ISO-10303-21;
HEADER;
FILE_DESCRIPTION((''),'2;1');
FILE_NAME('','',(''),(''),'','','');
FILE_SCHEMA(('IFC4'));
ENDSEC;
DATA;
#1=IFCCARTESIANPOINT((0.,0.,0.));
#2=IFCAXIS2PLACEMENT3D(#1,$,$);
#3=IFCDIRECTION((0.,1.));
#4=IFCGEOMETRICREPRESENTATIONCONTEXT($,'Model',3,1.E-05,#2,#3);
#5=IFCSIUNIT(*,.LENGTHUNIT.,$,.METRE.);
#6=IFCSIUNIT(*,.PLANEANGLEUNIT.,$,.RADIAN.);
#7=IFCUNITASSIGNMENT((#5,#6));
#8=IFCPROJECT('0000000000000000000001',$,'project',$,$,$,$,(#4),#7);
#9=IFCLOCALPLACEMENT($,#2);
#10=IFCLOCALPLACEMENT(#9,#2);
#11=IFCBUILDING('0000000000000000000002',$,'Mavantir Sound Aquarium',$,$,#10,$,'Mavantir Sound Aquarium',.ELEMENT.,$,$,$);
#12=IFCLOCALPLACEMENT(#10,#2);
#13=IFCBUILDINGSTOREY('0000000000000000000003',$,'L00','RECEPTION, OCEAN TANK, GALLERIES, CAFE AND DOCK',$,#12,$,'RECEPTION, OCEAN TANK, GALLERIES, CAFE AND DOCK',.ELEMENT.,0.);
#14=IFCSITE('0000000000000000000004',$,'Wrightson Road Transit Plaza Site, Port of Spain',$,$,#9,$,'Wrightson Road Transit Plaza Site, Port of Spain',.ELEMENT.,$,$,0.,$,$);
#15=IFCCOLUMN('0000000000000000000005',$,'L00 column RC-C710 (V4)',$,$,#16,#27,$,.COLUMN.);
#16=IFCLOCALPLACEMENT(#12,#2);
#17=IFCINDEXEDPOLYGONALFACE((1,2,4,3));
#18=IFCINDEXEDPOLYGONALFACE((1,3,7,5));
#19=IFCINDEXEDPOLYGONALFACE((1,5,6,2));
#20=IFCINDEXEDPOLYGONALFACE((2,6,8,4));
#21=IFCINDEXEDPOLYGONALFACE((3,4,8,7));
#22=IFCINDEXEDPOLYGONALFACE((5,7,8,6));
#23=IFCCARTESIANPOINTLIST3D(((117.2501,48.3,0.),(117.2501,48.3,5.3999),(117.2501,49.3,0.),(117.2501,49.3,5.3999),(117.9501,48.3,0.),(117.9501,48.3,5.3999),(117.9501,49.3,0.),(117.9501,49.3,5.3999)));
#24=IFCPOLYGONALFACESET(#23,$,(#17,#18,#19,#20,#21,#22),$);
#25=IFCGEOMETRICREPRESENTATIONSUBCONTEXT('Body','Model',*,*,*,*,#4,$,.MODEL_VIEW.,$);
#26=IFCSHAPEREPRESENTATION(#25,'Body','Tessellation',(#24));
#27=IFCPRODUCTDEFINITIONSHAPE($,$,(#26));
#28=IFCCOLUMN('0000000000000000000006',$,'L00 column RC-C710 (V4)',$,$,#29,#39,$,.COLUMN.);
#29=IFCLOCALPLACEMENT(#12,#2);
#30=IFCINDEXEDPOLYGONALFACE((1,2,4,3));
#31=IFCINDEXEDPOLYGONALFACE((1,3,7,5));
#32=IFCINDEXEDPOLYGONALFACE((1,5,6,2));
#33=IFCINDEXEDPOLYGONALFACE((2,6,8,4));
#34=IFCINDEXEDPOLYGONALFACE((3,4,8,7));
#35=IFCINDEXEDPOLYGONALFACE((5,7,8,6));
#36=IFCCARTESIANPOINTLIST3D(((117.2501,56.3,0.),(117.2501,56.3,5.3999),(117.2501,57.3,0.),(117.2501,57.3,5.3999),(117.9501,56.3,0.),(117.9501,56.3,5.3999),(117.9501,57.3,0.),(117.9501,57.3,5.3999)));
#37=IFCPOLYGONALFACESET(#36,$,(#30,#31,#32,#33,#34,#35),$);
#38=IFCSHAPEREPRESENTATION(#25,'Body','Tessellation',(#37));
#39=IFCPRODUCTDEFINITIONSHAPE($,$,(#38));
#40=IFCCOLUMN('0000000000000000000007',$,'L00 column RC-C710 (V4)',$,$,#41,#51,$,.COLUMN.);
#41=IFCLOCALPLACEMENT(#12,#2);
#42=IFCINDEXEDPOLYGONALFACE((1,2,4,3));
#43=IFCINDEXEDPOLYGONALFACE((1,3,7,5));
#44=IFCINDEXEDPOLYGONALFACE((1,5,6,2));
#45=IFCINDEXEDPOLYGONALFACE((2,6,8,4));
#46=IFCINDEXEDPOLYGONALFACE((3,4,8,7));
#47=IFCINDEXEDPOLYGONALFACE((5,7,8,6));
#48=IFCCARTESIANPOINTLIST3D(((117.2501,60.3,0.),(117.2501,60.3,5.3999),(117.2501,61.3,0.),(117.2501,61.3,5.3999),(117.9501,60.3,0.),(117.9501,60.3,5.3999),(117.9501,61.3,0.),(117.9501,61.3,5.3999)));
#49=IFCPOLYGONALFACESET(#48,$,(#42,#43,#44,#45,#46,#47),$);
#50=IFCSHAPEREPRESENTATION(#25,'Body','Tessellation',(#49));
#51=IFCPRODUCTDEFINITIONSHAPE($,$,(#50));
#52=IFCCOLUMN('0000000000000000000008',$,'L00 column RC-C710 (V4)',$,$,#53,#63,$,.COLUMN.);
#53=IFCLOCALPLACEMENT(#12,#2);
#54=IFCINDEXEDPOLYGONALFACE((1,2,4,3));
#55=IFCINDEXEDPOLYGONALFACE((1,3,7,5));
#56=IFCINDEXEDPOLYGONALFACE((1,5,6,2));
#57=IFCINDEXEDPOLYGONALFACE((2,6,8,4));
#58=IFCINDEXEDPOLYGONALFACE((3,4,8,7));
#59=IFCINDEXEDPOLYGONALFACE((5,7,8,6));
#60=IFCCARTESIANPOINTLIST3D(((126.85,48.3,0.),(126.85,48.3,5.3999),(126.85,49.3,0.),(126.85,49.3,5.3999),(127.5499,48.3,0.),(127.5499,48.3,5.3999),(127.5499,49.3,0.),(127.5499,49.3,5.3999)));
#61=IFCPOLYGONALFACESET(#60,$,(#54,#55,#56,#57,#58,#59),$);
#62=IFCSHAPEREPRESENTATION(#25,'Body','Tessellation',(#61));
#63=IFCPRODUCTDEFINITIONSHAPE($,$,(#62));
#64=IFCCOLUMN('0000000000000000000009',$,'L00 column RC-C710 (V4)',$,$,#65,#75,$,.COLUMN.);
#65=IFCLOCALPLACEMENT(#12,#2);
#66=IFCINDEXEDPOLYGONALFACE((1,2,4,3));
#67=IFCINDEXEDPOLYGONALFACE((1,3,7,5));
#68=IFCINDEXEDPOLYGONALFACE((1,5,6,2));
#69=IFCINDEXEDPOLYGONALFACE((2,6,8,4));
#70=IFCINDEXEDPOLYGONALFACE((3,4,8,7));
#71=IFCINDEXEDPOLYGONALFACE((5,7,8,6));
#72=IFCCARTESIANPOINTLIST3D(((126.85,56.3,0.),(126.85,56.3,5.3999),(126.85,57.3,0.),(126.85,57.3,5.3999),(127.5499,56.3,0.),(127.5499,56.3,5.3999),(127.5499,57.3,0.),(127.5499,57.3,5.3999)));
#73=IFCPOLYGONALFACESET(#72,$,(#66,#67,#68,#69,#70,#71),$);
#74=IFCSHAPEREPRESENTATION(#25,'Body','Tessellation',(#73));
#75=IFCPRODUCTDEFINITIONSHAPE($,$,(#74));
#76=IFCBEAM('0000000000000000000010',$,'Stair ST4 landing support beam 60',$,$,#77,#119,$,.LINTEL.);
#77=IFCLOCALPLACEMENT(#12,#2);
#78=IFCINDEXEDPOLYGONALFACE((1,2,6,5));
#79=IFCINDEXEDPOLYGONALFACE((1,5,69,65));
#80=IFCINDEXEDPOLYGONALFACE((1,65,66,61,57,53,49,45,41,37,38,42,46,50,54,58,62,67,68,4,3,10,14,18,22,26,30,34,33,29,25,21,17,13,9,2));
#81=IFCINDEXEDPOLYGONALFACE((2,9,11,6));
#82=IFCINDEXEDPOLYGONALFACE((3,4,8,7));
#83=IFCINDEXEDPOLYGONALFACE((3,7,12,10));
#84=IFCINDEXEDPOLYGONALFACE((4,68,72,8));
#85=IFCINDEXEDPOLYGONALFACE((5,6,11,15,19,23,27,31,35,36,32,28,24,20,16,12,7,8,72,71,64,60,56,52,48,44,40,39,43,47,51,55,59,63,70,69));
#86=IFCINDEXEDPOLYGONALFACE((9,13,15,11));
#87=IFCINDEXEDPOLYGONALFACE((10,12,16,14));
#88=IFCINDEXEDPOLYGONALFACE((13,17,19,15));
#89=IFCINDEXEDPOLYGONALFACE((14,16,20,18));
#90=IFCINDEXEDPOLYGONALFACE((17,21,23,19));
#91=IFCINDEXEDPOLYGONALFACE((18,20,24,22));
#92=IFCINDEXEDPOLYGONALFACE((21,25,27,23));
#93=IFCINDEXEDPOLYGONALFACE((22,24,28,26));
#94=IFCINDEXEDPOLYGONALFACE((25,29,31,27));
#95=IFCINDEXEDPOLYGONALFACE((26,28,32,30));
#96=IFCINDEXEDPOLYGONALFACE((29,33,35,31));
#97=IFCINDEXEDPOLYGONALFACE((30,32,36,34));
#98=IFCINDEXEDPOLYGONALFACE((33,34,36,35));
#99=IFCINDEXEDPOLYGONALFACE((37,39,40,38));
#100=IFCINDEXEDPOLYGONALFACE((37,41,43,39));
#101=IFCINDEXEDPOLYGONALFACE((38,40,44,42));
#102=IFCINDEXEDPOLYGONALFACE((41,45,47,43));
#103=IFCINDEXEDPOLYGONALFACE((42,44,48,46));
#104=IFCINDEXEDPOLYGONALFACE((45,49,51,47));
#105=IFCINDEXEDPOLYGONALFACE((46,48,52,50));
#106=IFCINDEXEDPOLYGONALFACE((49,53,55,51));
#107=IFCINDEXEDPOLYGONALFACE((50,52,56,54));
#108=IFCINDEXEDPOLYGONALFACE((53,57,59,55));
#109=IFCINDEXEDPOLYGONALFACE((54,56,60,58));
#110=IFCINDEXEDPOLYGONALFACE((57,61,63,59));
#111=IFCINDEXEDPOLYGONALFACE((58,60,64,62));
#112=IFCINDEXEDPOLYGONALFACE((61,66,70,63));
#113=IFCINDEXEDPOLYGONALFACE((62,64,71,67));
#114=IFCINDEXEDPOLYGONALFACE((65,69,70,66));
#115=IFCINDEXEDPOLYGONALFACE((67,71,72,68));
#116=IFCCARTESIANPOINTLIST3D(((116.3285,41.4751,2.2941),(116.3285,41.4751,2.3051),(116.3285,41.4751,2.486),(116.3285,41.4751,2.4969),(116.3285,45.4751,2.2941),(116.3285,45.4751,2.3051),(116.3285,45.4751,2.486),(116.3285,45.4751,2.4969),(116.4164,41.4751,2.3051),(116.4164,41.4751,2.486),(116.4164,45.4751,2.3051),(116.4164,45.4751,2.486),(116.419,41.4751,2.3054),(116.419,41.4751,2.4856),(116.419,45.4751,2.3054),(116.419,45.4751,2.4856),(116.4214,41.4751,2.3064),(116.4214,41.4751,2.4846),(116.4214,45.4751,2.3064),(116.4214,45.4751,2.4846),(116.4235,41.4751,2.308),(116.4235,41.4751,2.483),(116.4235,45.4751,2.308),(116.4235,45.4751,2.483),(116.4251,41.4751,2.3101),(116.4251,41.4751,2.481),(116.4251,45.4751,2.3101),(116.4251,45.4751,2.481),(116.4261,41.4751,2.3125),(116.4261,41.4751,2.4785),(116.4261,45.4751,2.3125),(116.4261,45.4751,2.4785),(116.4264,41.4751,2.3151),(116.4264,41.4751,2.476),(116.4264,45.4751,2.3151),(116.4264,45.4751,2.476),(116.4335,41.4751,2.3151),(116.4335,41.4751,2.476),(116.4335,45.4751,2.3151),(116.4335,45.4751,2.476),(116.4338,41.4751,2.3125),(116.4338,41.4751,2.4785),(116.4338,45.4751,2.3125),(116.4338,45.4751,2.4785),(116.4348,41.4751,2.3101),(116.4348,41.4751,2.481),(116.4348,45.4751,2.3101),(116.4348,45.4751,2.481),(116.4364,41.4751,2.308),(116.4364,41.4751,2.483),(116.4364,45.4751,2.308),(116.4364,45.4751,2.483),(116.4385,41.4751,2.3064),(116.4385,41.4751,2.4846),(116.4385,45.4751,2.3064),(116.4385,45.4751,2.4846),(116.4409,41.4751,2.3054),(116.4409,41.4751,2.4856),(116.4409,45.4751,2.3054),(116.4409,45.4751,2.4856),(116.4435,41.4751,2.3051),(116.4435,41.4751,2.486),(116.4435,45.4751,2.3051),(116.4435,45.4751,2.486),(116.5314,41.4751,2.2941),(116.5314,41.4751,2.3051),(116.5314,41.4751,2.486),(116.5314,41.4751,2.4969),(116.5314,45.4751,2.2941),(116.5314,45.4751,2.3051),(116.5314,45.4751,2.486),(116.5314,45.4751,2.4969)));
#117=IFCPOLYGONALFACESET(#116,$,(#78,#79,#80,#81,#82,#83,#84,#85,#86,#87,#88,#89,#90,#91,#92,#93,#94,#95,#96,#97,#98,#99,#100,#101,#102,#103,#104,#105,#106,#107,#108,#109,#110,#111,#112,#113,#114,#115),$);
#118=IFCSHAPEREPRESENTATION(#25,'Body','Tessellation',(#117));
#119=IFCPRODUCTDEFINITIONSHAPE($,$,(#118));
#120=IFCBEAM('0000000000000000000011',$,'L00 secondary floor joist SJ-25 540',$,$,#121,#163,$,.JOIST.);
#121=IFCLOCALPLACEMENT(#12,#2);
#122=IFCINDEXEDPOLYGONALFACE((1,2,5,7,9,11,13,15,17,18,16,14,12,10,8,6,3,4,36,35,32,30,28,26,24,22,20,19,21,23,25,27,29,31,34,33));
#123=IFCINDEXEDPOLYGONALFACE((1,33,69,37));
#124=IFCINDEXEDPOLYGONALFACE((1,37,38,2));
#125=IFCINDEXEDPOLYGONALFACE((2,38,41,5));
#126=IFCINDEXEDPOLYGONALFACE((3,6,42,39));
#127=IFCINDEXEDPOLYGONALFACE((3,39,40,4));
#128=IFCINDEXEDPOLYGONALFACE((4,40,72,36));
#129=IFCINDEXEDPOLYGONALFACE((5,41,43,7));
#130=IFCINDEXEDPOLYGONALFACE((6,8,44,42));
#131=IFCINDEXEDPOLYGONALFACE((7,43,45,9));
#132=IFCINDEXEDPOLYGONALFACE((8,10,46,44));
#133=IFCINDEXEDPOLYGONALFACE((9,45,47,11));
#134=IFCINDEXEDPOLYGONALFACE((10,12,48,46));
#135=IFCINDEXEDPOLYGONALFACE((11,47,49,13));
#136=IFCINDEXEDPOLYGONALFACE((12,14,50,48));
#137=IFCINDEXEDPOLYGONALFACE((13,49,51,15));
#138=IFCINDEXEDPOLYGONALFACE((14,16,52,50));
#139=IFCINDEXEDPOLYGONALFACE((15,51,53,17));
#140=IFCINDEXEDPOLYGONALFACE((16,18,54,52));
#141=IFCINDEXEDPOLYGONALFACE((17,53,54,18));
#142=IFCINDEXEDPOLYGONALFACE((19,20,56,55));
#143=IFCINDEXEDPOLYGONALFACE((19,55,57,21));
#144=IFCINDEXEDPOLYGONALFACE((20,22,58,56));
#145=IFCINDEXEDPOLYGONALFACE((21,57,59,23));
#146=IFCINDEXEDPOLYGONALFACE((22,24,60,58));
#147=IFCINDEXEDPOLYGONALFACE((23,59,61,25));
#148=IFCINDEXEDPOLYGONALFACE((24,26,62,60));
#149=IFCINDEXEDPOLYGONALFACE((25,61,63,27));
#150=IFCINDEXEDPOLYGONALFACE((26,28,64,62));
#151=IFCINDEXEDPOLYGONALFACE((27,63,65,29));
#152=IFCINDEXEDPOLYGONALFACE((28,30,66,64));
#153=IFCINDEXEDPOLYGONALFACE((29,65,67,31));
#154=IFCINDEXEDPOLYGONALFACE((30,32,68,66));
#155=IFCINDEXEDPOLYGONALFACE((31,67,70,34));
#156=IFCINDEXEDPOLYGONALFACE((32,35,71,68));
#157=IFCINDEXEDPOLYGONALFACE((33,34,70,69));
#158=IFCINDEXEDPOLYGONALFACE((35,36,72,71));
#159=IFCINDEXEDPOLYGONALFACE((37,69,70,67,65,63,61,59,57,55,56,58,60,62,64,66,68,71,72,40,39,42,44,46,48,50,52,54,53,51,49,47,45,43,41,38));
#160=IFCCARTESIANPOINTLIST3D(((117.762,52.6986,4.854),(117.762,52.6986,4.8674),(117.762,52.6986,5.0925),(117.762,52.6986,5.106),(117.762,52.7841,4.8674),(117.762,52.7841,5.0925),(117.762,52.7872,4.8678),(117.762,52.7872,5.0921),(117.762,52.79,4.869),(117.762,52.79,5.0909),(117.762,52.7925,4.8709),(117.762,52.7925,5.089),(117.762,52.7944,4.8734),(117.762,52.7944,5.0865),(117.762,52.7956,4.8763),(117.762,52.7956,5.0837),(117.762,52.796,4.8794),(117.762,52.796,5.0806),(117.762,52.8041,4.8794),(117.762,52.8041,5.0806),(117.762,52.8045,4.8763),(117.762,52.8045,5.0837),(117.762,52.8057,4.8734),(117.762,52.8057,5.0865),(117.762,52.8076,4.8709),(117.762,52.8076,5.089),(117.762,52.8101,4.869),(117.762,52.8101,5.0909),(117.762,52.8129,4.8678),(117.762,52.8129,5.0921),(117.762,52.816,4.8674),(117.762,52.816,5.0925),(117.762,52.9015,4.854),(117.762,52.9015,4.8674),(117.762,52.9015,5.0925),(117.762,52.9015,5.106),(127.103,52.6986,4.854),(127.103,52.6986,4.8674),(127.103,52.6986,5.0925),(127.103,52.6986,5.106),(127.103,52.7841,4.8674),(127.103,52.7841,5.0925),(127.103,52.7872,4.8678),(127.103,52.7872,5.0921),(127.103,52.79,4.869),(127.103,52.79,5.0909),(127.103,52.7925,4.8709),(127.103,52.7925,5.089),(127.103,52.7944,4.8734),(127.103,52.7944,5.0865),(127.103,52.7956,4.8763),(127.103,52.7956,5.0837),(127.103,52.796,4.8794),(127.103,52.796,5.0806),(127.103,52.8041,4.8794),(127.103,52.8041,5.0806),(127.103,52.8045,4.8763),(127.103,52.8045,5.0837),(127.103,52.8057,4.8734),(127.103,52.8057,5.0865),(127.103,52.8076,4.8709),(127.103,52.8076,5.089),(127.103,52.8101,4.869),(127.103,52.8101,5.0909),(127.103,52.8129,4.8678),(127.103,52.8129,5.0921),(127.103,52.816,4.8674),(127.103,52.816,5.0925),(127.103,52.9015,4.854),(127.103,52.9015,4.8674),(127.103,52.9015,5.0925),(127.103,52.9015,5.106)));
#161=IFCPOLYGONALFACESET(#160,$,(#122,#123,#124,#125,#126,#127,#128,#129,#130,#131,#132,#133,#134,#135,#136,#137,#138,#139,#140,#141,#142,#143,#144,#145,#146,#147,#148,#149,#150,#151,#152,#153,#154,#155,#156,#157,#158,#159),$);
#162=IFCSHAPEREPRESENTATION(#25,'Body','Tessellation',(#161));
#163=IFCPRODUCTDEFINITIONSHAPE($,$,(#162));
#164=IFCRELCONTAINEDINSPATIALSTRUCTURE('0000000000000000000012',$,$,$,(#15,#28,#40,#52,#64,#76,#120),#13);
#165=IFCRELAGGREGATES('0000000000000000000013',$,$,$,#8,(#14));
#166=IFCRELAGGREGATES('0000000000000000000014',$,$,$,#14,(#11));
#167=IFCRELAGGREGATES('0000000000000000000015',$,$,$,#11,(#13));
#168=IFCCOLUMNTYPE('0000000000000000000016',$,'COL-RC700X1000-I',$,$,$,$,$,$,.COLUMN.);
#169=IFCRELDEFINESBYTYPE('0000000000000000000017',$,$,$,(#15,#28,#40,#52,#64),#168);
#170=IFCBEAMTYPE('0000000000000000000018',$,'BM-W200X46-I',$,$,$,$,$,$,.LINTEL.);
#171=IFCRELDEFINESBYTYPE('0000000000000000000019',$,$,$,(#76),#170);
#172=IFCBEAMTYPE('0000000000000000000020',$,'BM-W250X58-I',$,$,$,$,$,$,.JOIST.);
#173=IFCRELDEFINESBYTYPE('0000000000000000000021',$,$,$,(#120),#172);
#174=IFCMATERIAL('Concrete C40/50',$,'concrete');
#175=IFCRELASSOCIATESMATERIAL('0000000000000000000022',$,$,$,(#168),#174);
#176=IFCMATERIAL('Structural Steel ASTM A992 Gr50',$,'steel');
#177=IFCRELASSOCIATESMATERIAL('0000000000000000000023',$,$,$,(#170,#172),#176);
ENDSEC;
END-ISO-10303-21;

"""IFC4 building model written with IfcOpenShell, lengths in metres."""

from ifc_helpers import new_model, si_unit, direction, frame, origin, origin_2d, place, context, subcontext, project, spatial, rectangle, i_section, extrude, material, material_profile, profile_set, type_object, element, save


model = new_model("IFC4")

# Units and contexts
model_context = context("Model", 3, precision=1e-05, world=origin(), true_north=direction((0.0, 1.0)))
body_context = subcontext(model_context, "Body", "Model", "MODEL_VIEW")
ifc_project = project(units=[si_unit("LENGTHUNIT", "METRE"), si_unit("PLANEANGLEUNIT", "RADIAN")], contexts=[model_context])

# Site, building, storey
site_placement = place(None, origin())
site = spatial("IfcSite", under=ifc_project, at=site_placement, Name="Wrightson Road Transit Plaza Site, Port of Spain", LongName="Wrightson Road Transit Plaza Site, Port of Spain", CompositionType="ELEMENT", RefElevation=0.0)
building_placement = place(site_placement, origin())
building = spatial("IfcBuilding", under=site, at=building_placement, Name="Mavantir Sound Aquarium", LongName="Mavantir Sound Aquarium", CompositionType="ELEMENT")
storey_placement = place(building_placement, origin())
storey = spatial("IfcBuildingStorey", under=building, at=storey_placement, Name="L00", Description="RECEPTION, OCEAN TANK, GALLERIES, CAFE AND DOCK", LongName="RECEPTION, OCEAN TANK, GALLERIES, CAFE AND DOCK", CompositionType="ELEMENT", Elevation=0.0)

# Columns
ifc_material_1 = material(Name="Concrete C40/50", Category="concrete")
ifc_material_profile_1 = material_profile(ifc_material_1, rectangle(XDim=0.7, YDim=1.0, at=origin_2d()), Name="RC 700X1000")
ifc_profile_set_1 = profile_set([ifc_material_profile_1], Name="Concrete C40/50")
column_type = type_object("IfcColumnType", Name="COL-RC700X1000-I", PredefinedType="COLUMN", material=ifc_profile_set_1)
for number, where, z_axis, x_axis, name in (
    (1, (117.6001, 48.8, 0.0), (0.0, 0.0, 1.0), (1.0, 0.0, 0.0), "L00 column RC-C710 (V4)"),
    (2, (117.6001, 56.8, 0.0), (0.0, 0.0, 1.0), (1.0, 0.0, 0.0), "L00 column RC-C710 (V4)"),
    (3, (117.6001, 60.8, 0.0), (0.0, 0.0, 1.0), (1.0, 0.0, 0.0), "L00 column RC-C710 (V4)"),
    (4, (127.2, 48.8, 0.0), (0.0, 0.0, 1.0), (1.0, 0.0, 0.0), "L00 column RC-C710 (V4)"),
    (5, (127.2, 56.8, 0.0), (0.0, 0.0, 1.0), (1.0, 0.0, 0.0), "L00 column RC-C710 (V4)"),
):
    element("IfcColumn", number, at=place(storey_placement, frame(where, z_axis=z_axis, x_axis=x_axis)), inside=storey, type_object=column_type, Name=name, PredefinedType="COLUMN", context=body_context, shape_type="SweptSolid", body=[
        extrude(rectangle(XDim=0.7, YDim=1.0, at=origin_2d()), origin(), (0.0, 0.0, 1.0), 5.3999),
    ])

# Beams
ifc_material_2 = material(Name="Structural Steel ASTM A992 Gr50", Category="steel")
ifc_material_profile_2 = material_profile(ifc_material_2, i_section(OverallWidth=0.2029, OverallDepth=0.2029, WebThickness=0.0071, FlangeThickness=0.011, FilletRadius=0.01, at=origin_2d()), Name="W200X46")
ifc_profile_set_2 = profile_set([ifc_material_profile_2], Name="Structural Steel ASTM A992 Gr50")
beam_type_1 = type_object("IfcBeamType", Name="BM-W200X46-I", PredefinedType="LINTEL", material=ifc_profile_set_2)
beam_1_placement = place(storey_placement, frame((116.4299, 41.4751, 2.3955), z_axis=(0.0, 1.0, 0.0), x_axis=(-1.0, 0.0, 0.0)))
element("IfcBeam", 6, at=beam_1_placement, inside=storey, type_object=beam_type_1, Name="Stair ST4 landing support beam 60", PredefinedType="LINTEL", context=body_context, shape_type="SweptSolid", body=[
    extrude(i_section(OverallWidth=0.2029, OverallDepth=0.2029, WebThickness=0.0071, FlangeThickness=0.011, FilletRadius=0.01, at=origin_2d()), origin(), (0.0, 0.0, 1.0), 4.0),
])
ifc_material_profile_3 = material_profile(ifc_material_2, i_section(OverallWidth=0.2029, OverallDepth=0.252, WebThickness=0.0081, FlangeThickness=0.0134, FilletRadius=0.012, at=origin_2d()), Name="W250X58")
ifc_profile_set_3 = profile_set([ifc_material_profile_3], Name="Structural Steel ASTM A992 Gr50")
beam_type_2 = type_object("IfcBeamType", Name="BM-W250X58-I", PredefinedType="JOIST", material=ifc_profile_set_3)
beam_2_placement = place(storey_placement, frame((117.762, 52.8, 4.98), z_axis=(1.0, 0.0, 0.0), x_axis=(0.0, 1.0, 0.0)))
element("IfcBeam", 7, at=beam_2_placement, inside=storey, type_object=beam_type_2, Name="L00 secondary floor joist SJ-25 540", PredefinedType="JOIST", context=body_context, shape_type="SweptSolid", body=[
    extrude(i_section(OverallWidth=0.2029, OverallDepth=0.252, WebThickness=0.0081, FlangeThickness=0.0134, FilletRadius=0.012, at=origin_2d()), origin(), (0.0, 0.0, 1.0), 9.3411),
])

save(model, "model.ifc")
